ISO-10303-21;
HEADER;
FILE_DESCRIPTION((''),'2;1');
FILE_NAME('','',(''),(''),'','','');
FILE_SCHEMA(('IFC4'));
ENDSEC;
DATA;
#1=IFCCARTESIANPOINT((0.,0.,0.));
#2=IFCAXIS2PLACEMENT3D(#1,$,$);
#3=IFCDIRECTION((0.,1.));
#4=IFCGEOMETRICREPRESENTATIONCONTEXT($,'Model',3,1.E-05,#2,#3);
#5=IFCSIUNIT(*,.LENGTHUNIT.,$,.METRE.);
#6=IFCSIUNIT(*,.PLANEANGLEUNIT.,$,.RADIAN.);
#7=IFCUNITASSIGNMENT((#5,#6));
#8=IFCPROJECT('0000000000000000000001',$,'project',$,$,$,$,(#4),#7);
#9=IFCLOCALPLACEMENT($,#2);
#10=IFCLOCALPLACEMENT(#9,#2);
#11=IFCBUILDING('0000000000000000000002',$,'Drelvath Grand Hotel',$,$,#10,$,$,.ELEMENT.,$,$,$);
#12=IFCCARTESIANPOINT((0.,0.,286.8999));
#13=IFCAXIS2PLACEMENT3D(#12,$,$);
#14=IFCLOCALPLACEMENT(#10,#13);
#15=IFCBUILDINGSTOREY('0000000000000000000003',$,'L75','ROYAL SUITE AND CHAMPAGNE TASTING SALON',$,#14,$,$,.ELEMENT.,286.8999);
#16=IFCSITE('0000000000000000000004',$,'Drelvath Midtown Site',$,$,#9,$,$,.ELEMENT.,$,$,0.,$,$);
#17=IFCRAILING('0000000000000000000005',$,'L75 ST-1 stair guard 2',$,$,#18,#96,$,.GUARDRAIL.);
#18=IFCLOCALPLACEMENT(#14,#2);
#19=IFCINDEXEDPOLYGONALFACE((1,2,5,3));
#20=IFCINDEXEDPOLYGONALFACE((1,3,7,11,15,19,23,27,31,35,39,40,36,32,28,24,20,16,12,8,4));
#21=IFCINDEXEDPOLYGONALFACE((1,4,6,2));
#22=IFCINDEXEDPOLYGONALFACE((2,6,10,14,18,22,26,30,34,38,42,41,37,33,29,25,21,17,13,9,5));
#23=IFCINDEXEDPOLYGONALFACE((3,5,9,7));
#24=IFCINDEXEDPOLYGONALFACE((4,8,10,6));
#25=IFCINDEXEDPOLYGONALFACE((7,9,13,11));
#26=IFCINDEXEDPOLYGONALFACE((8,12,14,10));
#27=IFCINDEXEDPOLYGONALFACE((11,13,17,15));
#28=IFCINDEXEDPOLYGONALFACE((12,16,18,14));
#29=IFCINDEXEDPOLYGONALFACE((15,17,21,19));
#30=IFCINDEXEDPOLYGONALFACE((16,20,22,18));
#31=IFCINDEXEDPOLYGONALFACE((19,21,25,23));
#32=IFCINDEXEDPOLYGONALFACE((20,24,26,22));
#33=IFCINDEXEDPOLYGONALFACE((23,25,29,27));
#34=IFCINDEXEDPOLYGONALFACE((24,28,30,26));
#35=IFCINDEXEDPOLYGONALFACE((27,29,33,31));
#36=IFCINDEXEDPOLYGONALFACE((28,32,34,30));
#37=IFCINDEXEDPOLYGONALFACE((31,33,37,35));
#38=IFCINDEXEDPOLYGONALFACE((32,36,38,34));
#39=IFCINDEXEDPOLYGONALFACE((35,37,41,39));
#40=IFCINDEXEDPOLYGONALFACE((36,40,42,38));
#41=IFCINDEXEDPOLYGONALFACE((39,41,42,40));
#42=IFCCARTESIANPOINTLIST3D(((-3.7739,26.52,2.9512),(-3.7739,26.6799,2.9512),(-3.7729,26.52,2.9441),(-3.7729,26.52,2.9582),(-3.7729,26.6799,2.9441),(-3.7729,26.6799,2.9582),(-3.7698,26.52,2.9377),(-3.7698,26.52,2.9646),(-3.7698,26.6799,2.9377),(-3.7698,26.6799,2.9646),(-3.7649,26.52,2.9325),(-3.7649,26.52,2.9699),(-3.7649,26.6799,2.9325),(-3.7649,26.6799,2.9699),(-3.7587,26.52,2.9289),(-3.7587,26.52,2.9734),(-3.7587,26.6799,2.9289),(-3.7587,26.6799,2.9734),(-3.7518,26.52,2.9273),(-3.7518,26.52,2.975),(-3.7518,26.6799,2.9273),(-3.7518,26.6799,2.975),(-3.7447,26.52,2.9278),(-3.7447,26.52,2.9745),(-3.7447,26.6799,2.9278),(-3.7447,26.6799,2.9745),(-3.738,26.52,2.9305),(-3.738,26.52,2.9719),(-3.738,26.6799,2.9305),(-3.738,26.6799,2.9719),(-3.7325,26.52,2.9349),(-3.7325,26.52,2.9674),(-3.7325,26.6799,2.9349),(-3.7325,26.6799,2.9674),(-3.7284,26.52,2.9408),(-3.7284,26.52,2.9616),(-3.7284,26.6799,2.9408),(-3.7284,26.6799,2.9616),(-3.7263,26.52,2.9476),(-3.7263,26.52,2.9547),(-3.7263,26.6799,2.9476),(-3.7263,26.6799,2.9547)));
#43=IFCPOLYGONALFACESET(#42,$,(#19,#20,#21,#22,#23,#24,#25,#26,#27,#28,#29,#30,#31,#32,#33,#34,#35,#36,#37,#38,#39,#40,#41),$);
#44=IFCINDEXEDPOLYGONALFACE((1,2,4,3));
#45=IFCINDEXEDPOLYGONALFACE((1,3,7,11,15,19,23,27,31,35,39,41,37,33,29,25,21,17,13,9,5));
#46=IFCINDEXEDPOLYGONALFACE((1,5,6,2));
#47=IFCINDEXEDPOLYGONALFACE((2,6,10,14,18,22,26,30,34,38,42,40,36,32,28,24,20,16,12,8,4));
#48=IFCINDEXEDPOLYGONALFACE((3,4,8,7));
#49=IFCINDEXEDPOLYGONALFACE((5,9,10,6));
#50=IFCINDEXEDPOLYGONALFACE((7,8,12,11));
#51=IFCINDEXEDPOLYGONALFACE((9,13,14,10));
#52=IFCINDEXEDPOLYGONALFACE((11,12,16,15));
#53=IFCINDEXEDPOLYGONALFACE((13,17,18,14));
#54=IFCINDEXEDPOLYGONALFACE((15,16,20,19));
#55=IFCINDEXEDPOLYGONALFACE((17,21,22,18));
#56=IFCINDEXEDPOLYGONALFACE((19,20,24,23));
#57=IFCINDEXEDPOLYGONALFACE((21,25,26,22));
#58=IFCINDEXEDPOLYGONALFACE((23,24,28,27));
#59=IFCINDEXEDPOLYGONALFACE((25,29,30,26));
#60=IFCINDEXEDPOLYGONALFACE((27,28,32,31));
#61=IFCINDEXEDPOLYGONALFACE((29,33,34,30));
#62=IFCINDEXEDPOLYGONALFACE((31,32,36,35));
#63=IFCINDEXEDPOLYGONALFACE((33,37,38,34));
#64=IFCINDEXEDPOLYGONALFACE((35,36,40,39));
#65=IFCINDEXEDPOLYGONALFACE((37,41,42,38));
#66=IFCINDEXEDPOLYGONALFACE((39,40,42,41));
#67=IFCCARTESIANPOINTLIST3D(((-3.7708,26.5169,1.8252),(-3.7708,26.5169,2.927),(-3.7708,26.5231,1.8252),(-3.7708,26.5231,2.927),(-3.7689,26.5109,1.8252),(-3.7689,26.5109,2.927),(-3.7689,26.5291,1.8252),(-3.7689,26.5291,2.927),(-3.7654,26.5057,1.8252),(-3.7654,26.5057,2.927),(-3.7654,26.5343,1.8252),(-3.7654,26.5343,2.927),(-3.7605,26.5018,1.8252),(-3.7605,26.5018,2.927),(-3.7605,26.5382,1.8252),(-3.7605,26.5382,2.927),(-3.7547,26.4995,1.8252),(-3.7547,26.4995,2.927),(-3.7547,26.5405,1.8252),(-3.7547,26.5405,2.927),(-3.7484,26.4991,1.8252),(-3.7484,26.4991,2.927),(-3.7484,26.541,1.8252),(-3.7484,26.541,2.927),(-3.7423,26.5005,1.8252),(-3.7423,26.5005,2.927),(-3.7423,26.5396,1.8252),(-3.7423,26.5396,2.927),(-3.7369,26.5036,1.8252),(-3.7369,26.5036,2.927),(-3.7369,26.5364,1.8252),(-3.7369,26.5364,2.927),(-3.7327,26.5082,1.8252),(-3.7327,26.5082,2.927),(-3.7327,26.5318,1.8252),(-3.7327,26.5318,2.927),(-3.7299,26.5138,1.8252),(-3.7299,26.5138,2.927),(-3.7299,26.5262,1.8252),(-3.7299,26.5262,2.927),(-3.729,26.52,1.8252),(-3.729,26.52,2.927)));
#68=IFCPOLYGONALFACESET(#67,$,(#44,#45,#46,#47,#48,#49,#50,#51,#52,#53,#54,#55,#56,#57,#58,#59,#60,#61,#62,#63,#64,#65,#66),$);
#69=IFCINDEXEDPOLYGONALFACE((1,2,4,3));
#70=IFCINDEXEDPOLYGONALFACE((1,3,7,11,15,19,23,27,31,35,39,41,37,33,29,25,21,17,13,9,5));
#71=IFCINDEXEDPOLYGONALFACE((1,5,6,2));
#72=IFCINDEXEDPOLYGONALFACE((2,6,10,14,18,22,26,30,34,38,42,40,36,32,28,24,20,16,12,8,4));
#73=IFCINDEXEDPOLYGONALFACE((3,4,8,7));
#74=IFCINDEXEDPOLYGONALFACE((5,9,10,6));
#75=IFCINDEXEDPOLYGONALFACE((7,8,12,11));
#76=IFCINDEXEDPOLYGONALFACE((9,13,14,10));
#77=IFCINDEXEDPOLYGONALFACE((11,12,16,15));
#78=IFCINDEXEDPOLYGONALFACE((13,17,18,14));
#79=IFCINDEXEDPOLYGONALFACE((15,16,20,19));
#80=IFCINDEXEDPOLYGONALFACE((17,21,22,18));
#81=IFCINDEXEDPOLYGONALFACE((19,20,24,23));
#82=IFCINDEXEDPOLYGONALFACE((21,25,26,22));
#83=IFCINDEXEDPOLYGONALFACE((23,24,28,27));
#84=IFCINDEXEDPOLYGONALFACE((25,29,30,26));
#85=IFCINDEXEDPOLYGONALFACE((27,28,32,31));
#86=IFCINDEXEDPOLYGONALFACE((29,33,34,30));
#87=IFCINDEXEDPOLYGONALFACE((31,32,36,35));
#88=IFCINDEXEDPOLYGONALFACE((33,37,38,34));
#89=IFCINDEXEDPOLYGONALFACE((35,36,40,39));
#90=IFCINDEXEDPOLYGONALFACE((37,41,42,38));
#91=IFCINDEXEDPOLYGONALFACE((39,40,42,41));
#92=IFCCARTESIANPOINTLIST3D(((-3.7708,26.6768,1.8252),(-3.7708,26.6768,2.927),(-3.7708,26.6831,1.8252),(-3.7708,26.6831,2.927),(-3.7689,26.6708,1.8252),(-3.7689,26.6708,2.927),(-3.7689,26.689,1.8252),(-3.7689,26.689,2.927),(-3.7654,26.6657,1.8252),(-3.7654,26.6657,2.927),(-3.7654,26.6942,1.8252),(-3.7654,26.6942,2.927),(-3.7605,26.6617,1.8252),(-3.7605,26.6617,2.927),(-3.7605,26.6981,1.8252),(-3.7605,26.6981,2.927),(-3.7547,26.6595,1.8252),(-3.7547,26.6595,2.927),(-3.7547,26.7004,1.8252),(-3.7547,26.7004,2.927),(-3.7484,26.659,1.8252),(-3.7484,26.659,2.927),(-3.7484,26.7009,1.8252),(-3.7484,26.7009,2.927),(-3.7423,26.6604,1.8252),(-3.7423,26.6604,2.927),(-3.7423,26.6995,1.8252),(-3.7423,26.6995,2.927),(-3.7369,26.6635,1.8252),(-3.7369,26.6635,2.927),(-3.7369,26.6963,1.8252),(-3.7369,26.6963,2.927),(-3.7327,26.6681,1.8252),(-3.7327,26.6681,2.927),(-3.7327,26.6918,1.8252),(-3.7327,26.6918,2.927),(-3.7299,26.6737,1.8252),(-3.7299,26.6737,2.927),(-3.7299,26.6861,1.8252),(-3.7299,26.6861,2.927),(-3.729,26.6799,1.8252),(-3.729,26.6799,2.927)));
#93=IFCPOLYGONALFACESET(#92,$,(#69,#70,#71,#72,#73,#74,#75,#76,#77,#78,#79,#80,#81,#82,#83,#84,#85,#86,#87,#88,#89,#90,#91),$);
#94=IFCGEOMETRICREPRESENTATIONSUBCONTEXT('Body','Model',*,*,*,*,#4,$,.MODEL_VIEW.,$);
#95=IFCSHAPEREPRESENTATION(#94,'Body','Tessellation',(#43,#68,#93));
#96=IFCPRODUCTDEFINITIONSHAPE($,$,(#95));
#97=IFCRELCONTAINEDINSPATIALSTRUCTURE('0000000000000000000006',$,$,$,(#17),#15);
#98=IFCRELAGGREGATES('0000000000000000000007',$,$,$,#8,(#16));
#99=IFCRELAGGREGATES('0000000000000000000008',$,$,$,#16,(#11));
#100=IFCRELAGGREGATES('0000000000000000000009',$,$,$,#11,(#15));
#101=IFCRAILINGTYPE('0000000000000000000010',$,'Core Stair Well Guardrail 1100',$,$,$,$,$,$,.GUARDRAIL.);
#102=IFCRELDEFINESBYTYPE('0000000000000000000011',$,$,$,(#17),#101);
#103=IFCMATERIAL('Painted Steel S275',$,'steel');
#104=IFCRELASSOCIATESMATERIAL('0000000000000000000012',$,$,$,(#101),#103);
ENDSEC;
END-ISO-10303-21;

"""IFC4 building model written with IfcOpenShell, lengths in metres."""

from ifc_helpers import new_model, si_unit, direction, frame, origin, origin_2d, place, context, subcontext, project, spatial, circle, extrude, material, type_object, element, save


model = new_model("IFC4")

# Units and contexts
model_context = context("Model", 3, precision=1e-05, world=origin(), true_north=direction((0.0, 1.0)))
body_context = subcontext(model_context, "Body", "Model", "MODEL_VIEW")
ifc_project = project(units=[si_unit("LENGTHUNIT", "METRE"), si_unit("PLANEANGLEUNIT", "RADIAN")], contexts=[model_context])

# Site, building, storey
site_placement = place(None, origin())
site = spatial("IfcSite", under=ifc_project, at=site_placement, Name="Drelvath Midtown Site", CompositionType="ELEMENT", RefElevation=0.0)
building_placement = place(site_placement, origin())
building = spatial("IfcBuilding", under=site, at=building_placement, Name="Drelvath Grand Hotel", CompositionType="ELEMENT")
storey_placement = place(building_placement, frame((0.0, 0.0, 286.8999)))
storey = spatial("IfcBuildingStorey", under=building, at=storey_placement, Name="L75", Description="ROYAL SUITE AND CHAMPAGNE TASTING SALON", CompositionType="ELEMENT", Elevation=286.8999)

# Shared definitions
ifc_material_1 = material(Name="Painted Steel S275", Category="steel")

# Railing
railing_type_1 = type_object("IfcRailingType", Name="Core Stair Well Guardrail 1100", PredefinedType="GUARDRAIL", material=ifc_material_1)
railing_1_placement = place(storey_placement, frame((-3.75, 26.52, 1.8252)))
element("IfcRailing", 1, at=railing_1_placement, inside=storey, type_object=railing_type_1, Name="L75 ST-1 stair guard 2", PredefinedType="GUARDRAIL", context=body_context, shape_type="SweptSolid", body=[
    extrude(circle(Radius=0.0239, at=origin_2d()), frame((0.0, 0.0, 1.126), z_axis=(0.0, 1.0, 0.0), x_axis=(-1.0, 0.0, 0.0)), (0.0, 0.0, 1.0), 0.1599),
    extrude(circle(Radius=0.021, at=origin_2d()), origin(), (0.0, 0.0, 1.0), 1.1018),
    extrude(circle(Radius=0.021, at=origin_2d()), frame((0.0, 0.1599, 0.0)), (0.0, 0.0, 1.0), 1.1018),
])

save(model, "model.ifc")
